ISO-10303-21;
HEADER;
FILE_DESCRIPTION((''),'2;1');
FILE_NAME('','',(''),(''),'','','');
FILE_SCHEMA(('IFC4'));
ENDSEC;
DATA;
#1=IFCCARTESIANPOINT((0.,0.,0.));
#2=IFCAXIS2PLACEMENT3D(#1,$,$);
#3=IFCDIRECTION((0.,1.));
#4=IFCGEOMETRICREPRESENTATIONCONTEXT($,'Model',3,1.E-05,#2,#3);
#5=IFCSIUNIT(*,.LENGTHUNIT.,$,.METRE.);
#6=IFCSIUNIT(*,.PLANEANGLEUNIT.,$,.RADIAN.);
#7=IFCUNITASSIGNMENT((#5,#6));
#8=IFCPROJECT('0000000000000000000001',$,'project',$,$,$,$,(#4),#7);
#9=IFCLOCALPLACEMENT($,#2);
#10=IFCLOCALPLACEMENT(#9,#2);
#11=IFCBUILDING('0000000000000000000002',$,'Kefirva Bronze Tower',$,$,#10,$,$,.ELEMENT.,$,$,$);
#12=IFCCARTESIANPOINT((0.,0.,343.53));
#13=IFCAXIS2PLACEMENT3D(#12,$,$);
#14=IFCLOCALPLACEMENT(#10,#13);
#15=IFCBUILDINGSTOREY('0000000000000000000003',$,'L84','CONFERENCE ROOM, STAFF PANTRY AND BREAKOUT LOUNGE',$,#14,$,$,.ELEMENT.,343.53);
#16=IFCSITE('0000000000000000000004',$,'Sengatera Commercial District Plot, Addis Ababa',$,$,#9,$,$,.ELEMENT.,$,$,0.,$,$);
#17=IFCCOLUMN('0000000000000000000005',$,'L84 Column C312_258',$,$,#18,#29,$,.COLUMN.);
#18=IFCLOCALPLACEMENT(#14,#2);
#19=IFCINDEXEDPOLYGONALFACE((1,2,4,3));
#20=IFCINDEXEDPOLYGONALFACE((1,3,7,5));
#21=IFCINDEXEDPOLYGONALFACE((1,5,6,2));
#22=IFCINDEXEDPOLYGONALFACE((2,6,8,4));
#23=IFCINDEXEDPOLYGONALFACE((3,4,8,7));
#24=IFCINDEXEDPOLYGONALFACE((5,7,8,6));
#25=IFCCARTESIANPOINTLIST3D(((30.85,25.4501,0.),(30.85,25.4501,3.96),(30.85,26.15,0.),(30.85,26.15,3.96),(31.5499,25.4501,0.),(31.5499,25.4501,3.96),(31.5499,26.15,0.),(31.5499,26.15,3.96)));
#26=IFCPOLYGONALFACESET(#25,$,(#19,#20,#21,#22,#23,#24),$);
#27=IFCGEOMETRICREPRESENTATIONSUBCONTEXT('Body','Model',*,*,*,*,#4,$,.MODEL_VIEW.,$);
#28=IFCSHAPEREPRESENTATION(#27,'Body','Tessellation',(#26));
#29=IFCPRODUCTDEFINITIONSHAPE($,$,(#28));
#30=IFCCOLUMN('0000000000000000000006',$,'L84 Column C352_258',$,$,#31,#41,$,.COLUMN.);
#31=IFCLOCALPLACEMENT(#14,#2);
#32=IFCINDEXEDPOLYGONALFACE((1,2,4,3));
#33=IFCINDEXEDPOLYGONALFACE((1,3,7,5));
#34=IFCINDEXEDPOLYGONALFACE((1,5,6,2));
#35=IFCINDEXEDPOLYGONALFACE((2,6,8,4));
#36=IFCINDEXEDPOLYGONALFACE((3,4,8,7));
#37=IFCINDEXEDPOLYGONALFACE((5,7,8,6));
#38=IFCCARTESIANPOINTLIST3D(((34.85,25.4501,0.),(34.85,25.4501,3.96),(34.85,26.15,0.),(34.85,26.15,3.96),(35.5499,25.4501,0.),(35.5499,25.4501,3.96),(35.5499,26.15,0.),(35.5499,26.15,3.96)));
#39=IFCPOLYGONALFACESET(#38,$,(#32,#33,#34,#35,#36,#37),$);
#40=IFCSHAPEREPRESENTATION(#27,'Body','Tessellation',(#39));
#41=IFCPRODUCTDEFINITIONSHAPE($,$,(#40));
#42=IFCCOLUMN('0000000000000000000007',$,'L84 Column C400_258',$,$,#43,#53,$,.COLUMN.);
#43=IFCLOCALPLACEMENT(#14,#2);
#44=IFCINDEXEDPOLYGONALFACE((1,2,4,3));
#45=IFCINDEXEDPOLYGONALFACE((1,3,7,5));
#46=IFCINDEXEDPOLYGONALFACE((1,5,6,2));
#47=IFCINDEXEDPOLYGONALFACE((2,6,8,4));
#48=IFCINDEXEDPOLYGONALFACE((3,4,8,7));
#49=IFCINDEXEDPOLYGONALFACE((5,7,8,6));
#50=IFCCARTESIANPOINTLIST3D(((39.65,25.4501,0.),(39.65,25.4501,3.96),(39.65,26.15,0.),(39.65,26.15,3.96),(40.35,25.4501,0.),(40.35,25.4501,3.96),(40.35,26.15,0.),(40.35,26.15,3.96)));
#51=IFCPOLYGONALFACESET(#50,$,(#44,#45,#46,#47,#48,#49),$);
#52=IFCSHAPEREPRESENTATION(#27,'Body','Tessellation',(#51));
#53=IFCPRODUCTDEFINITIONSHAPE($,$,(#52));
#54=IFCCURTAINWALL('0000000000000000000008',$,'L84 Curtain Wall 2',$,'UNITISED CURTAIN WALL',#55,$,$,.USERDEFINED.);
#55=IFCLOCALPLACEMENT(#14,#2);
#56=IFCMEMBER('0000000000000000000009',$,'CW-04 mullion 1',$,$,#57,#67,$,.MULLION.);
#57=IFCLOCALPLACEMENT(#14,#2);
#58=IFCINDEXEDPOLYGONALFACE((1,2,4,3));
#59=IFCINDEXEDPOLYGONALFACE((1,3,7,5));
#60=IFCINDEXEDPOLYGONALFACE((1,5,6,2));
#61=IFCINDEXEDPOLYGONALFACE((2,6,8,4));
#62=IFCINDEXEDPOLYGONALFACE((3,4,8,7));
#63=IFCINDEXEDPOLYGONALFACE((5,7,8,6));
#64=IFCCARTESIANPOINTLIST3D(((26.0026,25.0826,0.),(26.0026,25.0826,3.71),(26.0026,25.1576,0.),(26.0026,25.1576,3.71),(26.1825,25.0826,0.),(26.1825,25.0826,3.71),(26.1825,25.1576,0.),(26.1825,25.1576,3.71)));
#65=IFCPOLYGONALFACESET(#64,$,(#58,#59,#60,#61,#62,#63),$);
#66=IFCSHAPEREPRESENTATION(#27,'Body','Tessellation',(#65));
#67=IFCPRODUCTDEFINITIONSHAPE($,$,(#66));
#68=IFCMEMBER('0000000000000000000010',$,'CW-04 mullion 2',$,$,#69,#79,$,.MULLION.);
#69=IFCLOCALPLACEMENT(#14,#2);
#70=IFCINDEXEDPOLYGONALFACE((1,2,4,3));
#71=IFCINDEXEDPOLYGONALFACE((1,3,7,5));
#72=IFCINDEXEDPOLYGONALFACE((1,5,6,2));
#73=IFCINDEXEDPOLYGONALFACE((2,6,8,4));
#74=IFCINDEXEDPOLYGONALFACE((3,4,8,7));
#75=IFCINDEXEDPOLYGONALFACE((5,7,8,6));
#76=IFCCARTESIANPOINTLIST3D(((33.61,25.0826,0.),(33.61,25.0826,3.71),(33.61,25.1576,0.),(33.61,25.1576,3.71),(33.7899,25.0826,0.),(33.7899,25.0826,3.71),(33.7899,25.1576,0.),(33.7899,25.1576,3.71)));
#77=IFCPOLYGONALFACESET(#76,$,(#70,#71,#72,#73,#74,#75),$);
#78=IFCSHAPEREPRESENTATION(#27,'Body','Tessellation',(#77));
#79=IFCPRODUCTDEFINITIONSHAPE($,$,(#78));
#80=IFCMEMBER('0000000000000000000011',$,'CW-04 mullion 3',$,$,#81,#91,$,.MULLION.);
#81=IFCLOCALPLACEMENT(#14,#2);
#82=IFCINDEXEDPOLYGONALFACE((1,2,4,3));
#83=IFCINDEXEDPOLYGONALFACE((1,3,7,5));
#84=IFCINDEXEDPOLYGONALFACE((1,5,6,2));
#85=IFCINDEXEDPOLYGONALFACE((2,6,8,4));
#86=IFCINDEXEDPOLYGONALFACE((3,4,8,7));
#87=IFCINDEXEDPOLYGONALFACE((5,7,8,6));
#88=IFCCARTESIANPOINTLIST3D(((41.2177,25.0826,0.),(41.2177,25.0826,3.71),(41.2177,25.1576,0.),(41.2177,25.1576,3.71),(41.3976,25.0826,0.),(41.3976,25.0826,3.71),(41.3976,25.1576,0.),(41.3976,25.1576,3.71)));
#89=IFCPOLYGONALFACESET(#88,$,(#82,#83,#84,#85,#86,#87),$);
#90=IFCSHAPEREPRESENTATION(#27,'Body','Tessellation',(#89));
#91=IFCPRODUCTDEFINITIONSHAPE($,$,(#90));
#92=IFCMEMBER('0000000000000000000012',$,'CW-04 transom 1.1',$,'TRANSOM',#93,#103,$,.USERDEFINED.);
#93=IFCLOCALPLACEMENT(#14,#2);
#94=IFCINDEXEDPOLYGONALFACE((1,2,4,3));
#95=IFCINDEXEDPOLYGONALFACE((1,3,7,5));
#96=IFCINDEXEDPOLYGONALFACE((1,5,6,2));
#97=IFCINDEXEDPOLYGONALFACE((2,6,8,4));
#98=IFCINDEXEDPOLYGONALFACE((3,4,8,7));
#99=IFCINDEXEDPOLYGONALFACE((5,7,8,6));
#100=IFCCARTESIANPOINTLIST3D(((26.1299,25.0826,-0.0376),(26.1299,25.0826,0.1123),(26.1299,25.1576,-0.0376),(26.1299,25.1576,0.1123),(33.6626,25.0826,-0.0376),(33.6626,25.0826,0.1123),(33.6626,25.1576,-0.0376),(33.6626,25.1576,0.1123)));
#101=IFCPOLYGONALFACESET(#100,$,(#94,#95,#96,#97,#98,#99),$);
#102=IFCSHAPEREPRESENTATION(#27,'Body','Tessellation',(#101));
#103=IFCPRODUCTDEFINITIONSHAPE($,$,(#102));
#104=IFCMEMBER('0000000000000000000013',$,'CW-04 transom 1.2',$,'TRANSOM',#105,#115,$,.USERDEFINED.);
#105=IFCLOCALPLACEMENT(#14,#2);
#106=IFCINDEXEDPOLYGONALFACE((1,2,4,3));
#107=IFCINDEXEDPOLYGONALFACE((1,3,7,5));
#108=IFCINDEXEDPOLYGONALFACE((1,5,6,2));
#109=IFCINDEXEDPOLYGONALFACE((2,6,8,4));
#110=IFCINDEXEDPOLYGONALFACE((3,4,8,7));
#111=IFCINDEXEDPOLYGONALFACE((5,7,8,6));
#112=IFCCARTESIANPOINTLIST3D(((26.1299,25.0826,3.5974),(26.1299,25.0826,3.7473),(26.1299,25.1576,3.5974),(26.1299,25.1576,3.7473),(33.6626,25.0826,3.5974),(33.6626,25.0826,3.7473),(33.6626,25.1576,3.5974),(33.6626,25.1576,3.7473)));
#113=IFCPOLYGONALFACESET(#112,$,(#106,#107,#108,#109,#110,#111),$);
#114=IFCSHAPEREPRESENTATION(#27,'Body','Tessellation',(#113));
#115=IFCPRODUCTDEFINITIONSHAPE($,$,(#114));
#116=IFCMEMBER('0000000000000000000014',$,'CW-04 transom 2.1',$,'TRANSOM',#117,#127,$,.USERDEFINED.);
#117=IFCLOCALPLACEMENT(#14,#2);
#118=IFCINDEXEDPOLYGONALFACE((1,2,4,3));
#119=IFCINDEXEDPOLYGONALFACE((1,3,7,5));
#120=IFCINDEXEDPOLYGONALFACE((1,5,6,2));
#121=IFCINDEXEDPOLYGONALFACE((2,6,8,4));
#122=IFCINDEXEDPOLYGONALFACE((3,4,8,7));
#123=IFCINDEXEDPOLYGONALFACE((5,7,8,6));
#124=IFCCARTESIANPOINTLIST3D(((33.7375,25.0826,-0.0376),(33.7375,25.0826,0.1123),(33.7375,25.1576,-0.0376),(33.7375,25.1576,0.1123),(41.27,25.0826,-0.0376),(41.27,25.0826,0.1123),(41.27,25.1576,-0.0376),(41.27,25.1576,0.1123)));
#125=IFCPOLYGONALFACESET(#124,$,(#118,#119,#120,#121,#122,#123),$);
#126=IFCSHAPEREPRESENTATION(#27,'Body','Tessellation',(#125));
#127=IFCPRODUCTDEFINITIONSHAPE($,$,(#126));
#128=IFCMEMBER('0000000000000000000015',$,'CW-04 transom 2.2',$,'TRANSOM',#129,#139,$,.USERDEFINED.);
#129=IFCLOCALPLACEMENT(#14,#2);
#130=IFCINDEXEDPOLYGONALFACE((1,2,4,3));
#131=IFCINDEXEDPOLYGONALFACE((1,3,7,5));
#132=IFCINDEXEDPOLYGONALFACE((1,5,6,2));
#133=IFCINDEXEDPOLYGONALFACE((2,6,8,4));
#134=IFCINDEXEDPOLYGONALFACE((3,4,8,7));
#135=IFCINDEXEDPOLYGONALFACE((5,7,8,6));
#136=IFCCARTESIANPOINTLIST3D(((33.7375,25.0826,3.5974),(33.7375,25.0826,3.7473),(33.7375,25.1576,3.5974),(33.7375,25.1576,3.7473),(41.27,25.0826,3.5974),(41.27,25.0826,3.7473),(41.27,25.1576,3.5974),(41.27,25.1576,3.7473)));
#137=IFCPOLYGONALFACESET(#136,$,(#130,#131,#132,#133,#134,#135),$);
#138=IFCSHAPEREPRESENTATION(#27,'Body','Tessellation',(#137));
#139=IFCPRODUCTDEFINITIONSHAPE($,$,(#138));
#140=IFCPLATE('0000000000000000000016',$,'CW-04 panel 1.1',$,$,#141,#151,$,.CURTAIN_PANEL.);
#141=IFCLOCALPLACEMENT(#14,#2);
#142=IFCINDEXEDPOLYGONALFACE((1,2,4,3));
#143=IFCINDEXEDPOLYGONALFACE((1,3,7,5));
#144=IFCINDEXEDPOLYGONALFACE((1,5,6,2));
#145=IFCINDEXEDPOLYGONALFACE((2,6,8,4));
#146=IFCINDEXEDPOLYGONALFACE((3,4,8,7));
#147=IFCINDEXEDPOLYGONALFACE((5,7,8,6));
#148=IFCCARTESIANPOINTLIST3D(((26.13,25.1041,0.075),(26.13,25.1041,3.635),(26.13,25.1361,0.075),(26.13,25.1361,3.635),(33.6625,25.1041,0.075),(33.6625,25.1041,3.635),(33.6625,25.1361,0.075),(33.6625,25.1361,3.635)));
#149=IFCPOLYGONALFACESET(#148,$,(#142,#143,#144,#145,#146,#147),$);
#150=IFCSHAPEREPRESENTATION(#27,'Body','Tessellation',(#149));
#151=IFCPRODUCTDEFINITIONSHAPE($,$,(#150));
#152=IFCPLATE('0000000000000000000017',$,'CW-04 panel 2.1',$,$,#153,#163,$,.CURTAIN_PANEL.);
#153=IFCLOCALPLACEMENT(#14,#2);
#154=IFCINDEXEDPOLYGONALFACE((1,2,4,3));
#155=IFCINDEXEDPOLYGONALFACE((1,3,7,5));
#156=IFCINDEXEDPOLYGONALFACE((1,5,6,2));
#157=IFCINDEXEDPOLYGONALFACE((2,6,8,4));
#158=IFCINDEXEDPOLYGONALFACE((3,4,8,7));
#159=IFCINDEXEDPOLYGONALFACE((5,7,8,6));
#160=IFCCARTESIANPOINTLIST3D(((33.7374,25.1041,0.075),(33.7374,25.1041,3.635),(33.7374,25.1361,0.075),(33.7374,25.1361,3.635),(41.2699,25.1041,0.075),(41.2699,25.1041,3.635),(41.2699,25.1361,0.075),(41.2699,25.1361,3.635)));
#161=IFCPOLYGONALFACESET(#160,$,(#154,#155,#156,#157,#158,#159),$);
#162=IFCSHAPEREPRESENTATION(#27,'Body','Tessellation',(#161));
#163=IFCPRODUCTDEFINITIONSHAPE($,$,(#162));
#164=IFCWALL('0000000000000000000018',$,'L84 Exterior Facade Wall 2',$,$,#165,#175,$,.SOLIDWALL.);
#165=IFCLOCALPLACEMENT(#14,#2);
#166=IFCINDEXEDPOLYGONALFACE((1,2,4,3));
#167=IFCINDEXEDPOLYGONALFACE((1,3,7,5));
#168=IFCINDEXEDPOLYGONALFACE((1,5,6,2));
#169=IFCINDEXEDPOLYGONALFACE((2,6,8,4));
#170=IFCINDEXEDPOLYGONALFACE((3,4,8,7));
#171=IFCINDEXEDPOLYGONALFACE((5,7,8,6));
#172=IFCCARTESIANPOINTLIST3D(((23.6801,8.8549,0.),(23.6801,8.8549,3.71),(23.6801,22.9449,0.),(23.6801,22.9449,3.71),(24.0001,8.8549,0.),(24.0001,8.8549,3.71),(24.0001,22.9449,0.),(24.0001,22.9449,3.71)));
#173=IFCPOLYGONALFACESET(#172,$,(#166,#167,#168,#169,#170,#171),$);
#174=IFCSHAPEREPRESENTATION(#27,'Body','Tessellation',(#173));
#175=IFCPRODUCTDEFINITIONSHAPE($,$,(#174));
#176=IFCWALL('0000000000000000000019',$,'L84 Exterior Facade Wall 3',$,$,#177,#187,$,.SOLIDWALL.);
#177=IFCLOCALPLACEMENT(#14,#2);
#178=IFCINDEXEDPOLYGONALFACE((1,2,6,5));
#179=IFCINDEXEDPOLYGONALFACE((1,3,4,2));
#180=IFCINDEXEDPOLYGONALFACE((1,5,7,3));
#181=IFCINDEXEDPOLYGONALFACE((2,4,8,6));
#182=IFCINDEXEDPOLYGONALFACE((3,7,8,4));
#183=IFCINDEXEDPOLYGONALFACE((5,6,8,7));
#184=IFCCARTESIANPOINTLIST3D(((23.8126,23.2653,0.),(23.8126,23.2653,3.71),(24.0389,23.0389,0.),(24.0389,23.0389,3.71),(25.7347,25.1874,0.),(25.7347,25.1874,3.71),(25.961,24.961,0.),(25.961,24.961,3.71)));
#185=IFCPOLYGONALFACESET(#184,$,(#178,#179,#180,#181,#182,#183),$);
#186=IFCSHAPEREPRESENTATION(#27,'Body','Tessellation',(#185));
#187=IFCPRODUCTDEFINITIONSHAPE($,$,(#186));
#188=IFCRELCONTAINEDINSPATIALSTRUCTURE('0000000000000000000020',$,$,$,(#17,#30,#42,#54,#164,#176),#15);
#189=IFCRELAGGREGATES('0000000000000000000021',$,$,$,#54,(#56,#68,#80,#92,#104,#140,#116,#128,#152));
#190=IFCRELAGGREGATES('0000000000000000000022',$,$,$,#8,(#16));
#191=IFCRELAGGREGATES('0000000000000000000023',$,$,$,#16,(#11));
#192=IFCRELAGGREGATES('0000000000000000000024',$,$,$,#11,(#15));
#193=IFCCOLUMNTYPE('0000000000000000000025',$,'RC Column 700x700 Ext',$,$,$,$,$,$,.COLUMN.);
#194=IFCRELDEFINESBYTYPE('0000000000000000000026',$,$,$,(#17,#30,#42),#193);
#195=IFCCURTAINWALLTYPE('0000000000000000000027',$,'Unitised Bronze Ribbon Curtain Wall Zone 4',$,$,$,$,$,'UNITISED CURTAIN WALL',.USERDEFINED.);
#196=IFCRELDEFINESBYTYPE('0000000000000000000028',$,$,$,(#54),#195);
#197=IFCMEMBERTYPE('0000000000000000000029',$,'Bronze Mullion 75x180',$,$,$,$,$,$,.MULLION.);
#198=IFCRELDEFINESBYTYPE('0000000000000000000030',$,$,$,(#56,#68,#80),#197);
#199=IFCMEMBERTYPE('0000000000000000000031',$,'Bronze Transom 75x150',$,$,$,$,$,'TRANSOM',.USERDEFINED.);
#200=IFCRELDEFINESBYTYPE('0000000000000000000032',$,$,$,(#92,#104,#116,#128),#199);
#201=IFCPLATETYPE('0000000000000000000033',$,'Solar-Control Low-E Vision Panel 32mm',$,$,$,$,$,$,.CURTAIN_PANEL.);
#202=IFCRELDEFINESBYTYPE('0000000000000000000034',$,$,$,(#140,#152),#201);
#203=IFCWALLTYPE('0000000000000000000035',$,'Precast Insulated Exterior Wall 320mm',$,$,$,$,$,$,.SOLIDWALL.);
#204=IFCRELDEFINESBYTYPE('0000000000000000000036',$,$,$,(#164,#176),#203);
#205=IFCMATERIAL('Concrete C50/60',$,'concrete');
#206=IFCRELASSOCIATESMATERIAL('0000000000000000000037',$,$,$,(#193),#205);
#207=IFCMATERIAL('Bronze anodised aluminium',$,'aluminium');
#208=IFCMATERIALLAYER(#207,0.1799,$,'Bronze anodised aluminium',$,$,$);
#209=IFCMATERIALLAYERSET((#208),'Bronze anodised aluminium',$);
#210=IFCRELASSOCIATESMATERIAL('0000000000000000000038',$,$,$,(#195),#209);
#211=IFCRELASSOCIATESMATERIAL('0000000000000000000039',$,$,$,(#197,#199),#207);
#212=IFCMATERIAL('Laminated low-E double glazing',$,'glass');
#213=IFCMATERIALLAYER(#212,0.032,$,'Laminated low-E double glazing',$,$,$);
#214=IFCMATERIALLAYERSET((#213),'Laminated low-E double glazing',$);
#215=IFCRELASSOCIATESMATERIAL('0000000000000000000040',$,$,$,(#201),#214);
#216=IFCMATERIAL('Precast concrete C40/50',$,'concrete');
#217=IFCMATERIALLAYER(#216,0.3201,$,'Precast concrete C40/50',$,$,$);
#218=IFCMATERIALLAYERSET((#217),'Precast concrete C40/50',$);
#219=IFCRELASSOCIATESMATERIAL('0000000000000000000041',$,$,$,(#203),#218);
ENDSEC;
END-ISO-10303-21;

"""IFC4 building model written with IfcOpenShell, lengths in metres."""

from ifc_helpers import new_model, si_unit, direction, frame, frame_2d, origin, origin_2d, place, context, subcontext, project, spatial, rectangle, extrude, material, layer, layer_set, material_profile, profile_set, type_object, element, aggregate, save


model = new_model("IFC4")

# Units and contexts
model_context = context("Model", 3, precision=1e-05, world=origin(), true_north=direction((0.0, 1.0)))
body_context = subcontext(model_context, "Body", "Model", "MODEL_VIEW")
ifc_project = project(units=[si_unit("LENGTHUNIT", "METRE"), si_unit("PLANEANGLEUNIT", "RADIAN")], contexts=[model_context])

# Site, building, storey
site_placement = place(None, origin())
site = spatial("IfcSite", under=ifc_project, at=site_placement, Name="Sengatera Commercial District Plot, Addis Ababa", CompositionType="ELEMENT", RefElevation=0.0)
building_placement = place(site_placement, origin())
building = spatial("IfcBuilding", under=site, at=building_placement, Name="Kefirva Bronze Tower", CompositionType="ELEMENT")
storey_placement = place(building_placement, frame((0.0, 0.0, 343.53)))
storey = spatial("IfcBuildingStorey", under=building, at=storey_placement, Name="L84", Description="CONFERENCE ROOM, STAFF PANTRY AND BREAKOUT LOUNGE", CompositionType="ELEMENT", Elevation=343.53)

# Columns
ifc_material_1 = material(Name="Concrete C50/60", Category="concrete")
ifc_material_profile_1 = material_profile(ifc_material_1, rectangle(XDim=0.7, YDim=0.7, at=origin_2d()), Name="RC 700x700")
ifc_profile_set_1 = profile_set([ifc_material_profile_1], Name="Concrete C50/60")
column_type = type_object("IfcColumnType", Name="RC Column 700x700 Ext", PredefinedType="COLUMN", material=ifc_profile_set_1)
for number, where, z_axis, x_axis, name in (
    (1, (31.2, 25.8, 0.0), (0.0, 0.0, 1.0), (1.0, 0.0, 0.0), "L84 Column C312_258"),
    (2, (35.2, 25.8, 0.0), (0.0, 0.0, 1.0), (1.0, 0.0, 0.0), "L84 Column C352_258"),
    (3, (40.0, 25.8, 0.0), (0.0, 0.0, 1.0), (1.0, 0.0, 0.0), "L84 Column C400_258"),
):
    element("IfcColumn", number, at=place(storey_placement, frame(where, z_axis=z_axis, x_axis=x_axis)), inside=storey, type_object=column_type, Name=name, PredefinedType="COLUMN", context=body_context, shape_type="SweptSolid", body=[
        extrude(rectangle(XDim=0.7, YDim=0.7, at=origin_2d()), origin(), (0.0, 0.0, 1.0), 3.96),
    ])

# Curtain wall, members, plates
ifc_material_2 = material(Name="Bronze anodised aluminium", Category="aluminium")
ifc_layer_1 = layer(ifc_material_2, 0.1799, Name="Bronze anodised aluminium")
ifc_layer_set_1 = layer_set([ifc_layer_1], Name="Bronze anodised aluminium")
curtain_wall_type = type_object("IfcCurtainWallType", Name="Unitised Bronze Ribbon Curtain Wall Zone 4", ElementType="UNITISED CURTAIN WALL", PredefinedType="USERDEFINED", material=ifc_layer_set_1)
curtain_wall_placement = place(storey_placement, origin())
curtain_wall = element("IfcCurtainWall", 4, at=curtain_wall_placement, inside=storey, type_object=curtain_wall_type, Name="L84 Curtain Wall 2", ObjectType="UNITISED CURTAIN WALL", PredefinedType="USERDEFINED")
ifc_material_profile_2 = material_profile(ifc_material_2, rectangle(XDim=0.075, YDim=0.1799, at=origin_2d()), Name="ALU 75x180")
ifc_profile_set_2 = profile_set([ifc_material_profile_2], Name="Bronze anodised aluminium")
member_type_1 = type_object("IfcMemberType", Name="Bronze Mullion 75x180", PredefinedType="MULLION", material=ifc_profile_set_2)
member_1_placement = place(storey_placement, frame((26.0925, 25.1201, 0.0), z_axis=(0.0, 0.0, 1.0), x_axis=(0.0, 1.0, 0.0)))
member_1 = element("IfcMember", 5, at=member_1_placement, type_object=member_type_1, Name="CW-04 mullion 1", PredefinedType="MULLION", context=body_context, shape_type="SweptSolid", body=[
    extrude(rectangle(XDim=0.075, YDim=0.1799, at=origin_2d()), origin(), (0.0, 0.0, 1.0), 3.71),
])
member_2_placement = place(storey_placement, frame((33.7, 25.1201, 0.0), z_axis=(0.0, 0.0, 1.0), x_axis=(0.0, 1.0, 0.0)))
member_2 = element("IfcMember", 6, at=member_2_placement, type_object=member_type_1, Name="CW-04 mullion 2", PredefinedType="MULLION", context=body_context, shape_type="SweptSolid", body=[
    extrude(rectangle(XDim=0.075, YDim=0.1799, at=origin_2d()), origin(), (0.0, 0.0, 1.0), 3.71),
])
member_3_placement = place(storey_placement, frame((41.3076, 25.1201, 0.0), z_axis=(0.0, 0.0, 1.0), x_axis=(0.0, 1.0, 0.0)))
member_3 = element("IfcMember", 7, at=member_3_placement, type_object=member_type_1, Name="CW-04 mullion 3", PredefinedType="MULLION", context=body_context, shape_type="SweptSolid", body=[
    extrude(rectangle(XDim=0.075, YDim=0.1799, at=origin_2d()), origin(), (0.0, 0.0, 1.0), 3.71),
])
ifc_material_profile_3 = material_profile(ifc_material_2, rectangle(XDim=0.075, YDim=0.1499, at=origin_2d()), Name="ALU 75x150")
ifc_profile_set_3 = profile_set([ifc_material_profile_3], Name="Bronze anodised aluminium")
member_type_2 = type_object("IfcMemberType", Name="Bronze Transom 75x150", ElementType="TRANSOM", PredefinedType="USERDEFINED", material=ifc_profile_set_3)
member_4_placement = place(storey_placement, frame((26.1299, 25.1201, 0.0374), z_axis=(1.0, 0.0, 0.0), x_axis=(0.0, 1.0, 0.0)))
member_4 = element("IfcMember", 8, at=member_4_placement, type_object=member_type_2, Name="CW-04 transom 1.1", ObjectType="TRANSOM", PredefinedType="USERDEFINED", context=body_context, shape_type="SweptSolid", body=[
    extrude(rectangle(XDim=0.075, YDim=0.1499, at=origin_2d()), origin(), (0.0, 0.0, 1.0), 7.5327),
])
member_5_placement = place(storey_placement, frame((26.1299, 25.1201, 3.6724), z_axis=(1.0, 0.0, 0.0), x_axis=(0.0, 1.0, 0.0)))
member_5 = element("IfcMember", 9, at=member_5_placement, type_object=member_type_2, Name="CW-04 transom 1.2", ObjectType="TRANSOM", PredefinedType="USERDEFINED", context=body_context, shape_type="SweptSolid", body=[
    extrude(rectangle(XDim=0.075, YDim=0.1499, at=origin_2d()), origin(), (0.0, 0.0, 1.0), 7.5327),
])
member_6_placement = place(storey_placement, frame((33.7375, 25.1201, 0.0374), z_axis=(1.0, 0.0, 0.0), x_axis=(0.0, 1.0, 0.0)))
member_6 = element("IfcMember", 10, at=member_6_placement, type_object=member_type_2, Name="CW-04 transom 2.1", ObjectType="TRANSOM", PredefinedType="USERDEFINED", context=body_context, shape_type="SweptSolid", body=[
    extrude(rectangle(XDim=0.075, YDim=0.1499, at=origin_2d()), origin(), (0.0, 0.0, 1.0), 7.5325),
])
member_7_placement = place(storey_placement, frame((33.7375, 25.1201, 3.6724), z_axis=(1.0, 0.0, 0.0), x_axis=(0.0, 1.0, 0.0)))
member_7 = element("IfcMember", 11, at=member_7_placement, type_object=member_type_2, Name="CW-04 transom 2.2", ObjectType="TRANSOM", PredefinedType="USERDEFINED", context=body_context, shape_type="SweptSolid", body=[
    extrude(rectangle(XDim=0.075, YDim=0.1499, at=origin_2d()), origin(), (0.0, 0.0, 1.0), 7.5325),
])
ifc_material_3 = material(Name="Laminated low-E double glazing", Category="glass")
ifc_layer_2 = layer(ifc_material_3, 0.032, Name="Laminated low-E double glazing")
ifc_layer_set_2 = layer_set([ifc_layer_2], Name="Laminated low-E double glazing")
plate_type = type_object("IfcPlateType", Name="Solar-Control Low-E Vision Panel 32mm", PredefinedType="CURTAIN_PANEL", material=ifc_layer_set_2)
plate_1_placement = place(storey_placement, frame((29.8962, 25.1201, 0.075), z_axis=(0.0, 0.0, 1.0), x_axis=(1.0, 0.0, 0.0)))
plate_1 = element("IfcPlate", 12, at=plate_1_placement, type_object=plate_type, Name="CW-04 panel 1.1", PredefinedType="CURTAIN_PANEL", context=body_context, shape_type="SweptSolid", body=[
    extrude(rectangle(XDim=7.5325, YDim=0.032, at=origin_2d()), origin(), (0.0, 0.0, 1.0), 3.5601),
])
plate_2_placement = place(storey_placement, frame((37.5037, 25.1201, 0.075), z_axis=(0.0, 0.0, 1.0), x_axis=(1.0, 0.0, 0.0)))
plate_2 = element("IfcPlate", 13, at=plate_2_placement, type_object=plate_type, Name="CW-04 panel 2.1", PredefinedType="CURTAIN_PANEL", context=body_context, shape_type="SweptSolid", body=[
    extrude(rectangle(XDim=7.5325, YDim=0.032, at=origin_2d()), origin(), (0.0, 0.0, 1.0), 3.5601),
])
aggregate(curtain_wall, [member_1, member_2, member_3, member_4, member_5, plate_1, member_6, member_7, plate_2])

# Walls
ifc_material_4 = material(Name="Precast concrete C40/50", Category="concrete")
ifc_layer_3 = layer(ifc_material_4, 0.3201, Name="Precast concrete C40/50")
ifc_layer_set_3 = layer_set([ifc_layer_3], Name="Precast concrete C40/50")
wall_type_1 = type_object("IfcWallType", Name="Precast Insulated Exterior Wall 320mm", PredefinedType="SOLIDWALL", material=ifc_layer_set_3)
wall_1_placement = place(storey_placement, frame((23.8401, 8.855, 0.0), z_axis=(0.0, 0.0, 1.0), x_axis=(0.0, 1.0, 0.0)))
element("IfcWall", 14, at=wall_1_placement, inside=storey, type_object=wall_type_1, Name="L84 Exterior Facade Wall 2", PredefinedType="SOLIDWALL", context=body_context, shape_type="SweptSolid", body=[
    extrude(rectangle(XDim=14.0901, YDim=0.3201, at=frame_2d((7.0449, 0.0))), origin(), (0.0, 0.0, 1.0), 3.71),
])
wall_2_placement = place(storey_placement, frame((23.9258, 23.1521, 0.0), z_axis=(0.0, 0.0, 1.0), x_axis=(0.707107, 0.707107, 0.0)))
element("IfcWall", 15, at=wall_2_placement, inside=storey, type_object=wall_type_1, Name="L84 Exterior Facade Wall 3", PredefinedType="SOLIDWALL", context=body_context, shape_type="SweptSolid", body=[
    extrude(rectangle(XDim=2.7183, YDim=0.3201, at=frame_2d((1.3591, 0.0))), origin(), (0.0, 0.0, 1.0), 3.71),
])

save(model, "model.ifc")
